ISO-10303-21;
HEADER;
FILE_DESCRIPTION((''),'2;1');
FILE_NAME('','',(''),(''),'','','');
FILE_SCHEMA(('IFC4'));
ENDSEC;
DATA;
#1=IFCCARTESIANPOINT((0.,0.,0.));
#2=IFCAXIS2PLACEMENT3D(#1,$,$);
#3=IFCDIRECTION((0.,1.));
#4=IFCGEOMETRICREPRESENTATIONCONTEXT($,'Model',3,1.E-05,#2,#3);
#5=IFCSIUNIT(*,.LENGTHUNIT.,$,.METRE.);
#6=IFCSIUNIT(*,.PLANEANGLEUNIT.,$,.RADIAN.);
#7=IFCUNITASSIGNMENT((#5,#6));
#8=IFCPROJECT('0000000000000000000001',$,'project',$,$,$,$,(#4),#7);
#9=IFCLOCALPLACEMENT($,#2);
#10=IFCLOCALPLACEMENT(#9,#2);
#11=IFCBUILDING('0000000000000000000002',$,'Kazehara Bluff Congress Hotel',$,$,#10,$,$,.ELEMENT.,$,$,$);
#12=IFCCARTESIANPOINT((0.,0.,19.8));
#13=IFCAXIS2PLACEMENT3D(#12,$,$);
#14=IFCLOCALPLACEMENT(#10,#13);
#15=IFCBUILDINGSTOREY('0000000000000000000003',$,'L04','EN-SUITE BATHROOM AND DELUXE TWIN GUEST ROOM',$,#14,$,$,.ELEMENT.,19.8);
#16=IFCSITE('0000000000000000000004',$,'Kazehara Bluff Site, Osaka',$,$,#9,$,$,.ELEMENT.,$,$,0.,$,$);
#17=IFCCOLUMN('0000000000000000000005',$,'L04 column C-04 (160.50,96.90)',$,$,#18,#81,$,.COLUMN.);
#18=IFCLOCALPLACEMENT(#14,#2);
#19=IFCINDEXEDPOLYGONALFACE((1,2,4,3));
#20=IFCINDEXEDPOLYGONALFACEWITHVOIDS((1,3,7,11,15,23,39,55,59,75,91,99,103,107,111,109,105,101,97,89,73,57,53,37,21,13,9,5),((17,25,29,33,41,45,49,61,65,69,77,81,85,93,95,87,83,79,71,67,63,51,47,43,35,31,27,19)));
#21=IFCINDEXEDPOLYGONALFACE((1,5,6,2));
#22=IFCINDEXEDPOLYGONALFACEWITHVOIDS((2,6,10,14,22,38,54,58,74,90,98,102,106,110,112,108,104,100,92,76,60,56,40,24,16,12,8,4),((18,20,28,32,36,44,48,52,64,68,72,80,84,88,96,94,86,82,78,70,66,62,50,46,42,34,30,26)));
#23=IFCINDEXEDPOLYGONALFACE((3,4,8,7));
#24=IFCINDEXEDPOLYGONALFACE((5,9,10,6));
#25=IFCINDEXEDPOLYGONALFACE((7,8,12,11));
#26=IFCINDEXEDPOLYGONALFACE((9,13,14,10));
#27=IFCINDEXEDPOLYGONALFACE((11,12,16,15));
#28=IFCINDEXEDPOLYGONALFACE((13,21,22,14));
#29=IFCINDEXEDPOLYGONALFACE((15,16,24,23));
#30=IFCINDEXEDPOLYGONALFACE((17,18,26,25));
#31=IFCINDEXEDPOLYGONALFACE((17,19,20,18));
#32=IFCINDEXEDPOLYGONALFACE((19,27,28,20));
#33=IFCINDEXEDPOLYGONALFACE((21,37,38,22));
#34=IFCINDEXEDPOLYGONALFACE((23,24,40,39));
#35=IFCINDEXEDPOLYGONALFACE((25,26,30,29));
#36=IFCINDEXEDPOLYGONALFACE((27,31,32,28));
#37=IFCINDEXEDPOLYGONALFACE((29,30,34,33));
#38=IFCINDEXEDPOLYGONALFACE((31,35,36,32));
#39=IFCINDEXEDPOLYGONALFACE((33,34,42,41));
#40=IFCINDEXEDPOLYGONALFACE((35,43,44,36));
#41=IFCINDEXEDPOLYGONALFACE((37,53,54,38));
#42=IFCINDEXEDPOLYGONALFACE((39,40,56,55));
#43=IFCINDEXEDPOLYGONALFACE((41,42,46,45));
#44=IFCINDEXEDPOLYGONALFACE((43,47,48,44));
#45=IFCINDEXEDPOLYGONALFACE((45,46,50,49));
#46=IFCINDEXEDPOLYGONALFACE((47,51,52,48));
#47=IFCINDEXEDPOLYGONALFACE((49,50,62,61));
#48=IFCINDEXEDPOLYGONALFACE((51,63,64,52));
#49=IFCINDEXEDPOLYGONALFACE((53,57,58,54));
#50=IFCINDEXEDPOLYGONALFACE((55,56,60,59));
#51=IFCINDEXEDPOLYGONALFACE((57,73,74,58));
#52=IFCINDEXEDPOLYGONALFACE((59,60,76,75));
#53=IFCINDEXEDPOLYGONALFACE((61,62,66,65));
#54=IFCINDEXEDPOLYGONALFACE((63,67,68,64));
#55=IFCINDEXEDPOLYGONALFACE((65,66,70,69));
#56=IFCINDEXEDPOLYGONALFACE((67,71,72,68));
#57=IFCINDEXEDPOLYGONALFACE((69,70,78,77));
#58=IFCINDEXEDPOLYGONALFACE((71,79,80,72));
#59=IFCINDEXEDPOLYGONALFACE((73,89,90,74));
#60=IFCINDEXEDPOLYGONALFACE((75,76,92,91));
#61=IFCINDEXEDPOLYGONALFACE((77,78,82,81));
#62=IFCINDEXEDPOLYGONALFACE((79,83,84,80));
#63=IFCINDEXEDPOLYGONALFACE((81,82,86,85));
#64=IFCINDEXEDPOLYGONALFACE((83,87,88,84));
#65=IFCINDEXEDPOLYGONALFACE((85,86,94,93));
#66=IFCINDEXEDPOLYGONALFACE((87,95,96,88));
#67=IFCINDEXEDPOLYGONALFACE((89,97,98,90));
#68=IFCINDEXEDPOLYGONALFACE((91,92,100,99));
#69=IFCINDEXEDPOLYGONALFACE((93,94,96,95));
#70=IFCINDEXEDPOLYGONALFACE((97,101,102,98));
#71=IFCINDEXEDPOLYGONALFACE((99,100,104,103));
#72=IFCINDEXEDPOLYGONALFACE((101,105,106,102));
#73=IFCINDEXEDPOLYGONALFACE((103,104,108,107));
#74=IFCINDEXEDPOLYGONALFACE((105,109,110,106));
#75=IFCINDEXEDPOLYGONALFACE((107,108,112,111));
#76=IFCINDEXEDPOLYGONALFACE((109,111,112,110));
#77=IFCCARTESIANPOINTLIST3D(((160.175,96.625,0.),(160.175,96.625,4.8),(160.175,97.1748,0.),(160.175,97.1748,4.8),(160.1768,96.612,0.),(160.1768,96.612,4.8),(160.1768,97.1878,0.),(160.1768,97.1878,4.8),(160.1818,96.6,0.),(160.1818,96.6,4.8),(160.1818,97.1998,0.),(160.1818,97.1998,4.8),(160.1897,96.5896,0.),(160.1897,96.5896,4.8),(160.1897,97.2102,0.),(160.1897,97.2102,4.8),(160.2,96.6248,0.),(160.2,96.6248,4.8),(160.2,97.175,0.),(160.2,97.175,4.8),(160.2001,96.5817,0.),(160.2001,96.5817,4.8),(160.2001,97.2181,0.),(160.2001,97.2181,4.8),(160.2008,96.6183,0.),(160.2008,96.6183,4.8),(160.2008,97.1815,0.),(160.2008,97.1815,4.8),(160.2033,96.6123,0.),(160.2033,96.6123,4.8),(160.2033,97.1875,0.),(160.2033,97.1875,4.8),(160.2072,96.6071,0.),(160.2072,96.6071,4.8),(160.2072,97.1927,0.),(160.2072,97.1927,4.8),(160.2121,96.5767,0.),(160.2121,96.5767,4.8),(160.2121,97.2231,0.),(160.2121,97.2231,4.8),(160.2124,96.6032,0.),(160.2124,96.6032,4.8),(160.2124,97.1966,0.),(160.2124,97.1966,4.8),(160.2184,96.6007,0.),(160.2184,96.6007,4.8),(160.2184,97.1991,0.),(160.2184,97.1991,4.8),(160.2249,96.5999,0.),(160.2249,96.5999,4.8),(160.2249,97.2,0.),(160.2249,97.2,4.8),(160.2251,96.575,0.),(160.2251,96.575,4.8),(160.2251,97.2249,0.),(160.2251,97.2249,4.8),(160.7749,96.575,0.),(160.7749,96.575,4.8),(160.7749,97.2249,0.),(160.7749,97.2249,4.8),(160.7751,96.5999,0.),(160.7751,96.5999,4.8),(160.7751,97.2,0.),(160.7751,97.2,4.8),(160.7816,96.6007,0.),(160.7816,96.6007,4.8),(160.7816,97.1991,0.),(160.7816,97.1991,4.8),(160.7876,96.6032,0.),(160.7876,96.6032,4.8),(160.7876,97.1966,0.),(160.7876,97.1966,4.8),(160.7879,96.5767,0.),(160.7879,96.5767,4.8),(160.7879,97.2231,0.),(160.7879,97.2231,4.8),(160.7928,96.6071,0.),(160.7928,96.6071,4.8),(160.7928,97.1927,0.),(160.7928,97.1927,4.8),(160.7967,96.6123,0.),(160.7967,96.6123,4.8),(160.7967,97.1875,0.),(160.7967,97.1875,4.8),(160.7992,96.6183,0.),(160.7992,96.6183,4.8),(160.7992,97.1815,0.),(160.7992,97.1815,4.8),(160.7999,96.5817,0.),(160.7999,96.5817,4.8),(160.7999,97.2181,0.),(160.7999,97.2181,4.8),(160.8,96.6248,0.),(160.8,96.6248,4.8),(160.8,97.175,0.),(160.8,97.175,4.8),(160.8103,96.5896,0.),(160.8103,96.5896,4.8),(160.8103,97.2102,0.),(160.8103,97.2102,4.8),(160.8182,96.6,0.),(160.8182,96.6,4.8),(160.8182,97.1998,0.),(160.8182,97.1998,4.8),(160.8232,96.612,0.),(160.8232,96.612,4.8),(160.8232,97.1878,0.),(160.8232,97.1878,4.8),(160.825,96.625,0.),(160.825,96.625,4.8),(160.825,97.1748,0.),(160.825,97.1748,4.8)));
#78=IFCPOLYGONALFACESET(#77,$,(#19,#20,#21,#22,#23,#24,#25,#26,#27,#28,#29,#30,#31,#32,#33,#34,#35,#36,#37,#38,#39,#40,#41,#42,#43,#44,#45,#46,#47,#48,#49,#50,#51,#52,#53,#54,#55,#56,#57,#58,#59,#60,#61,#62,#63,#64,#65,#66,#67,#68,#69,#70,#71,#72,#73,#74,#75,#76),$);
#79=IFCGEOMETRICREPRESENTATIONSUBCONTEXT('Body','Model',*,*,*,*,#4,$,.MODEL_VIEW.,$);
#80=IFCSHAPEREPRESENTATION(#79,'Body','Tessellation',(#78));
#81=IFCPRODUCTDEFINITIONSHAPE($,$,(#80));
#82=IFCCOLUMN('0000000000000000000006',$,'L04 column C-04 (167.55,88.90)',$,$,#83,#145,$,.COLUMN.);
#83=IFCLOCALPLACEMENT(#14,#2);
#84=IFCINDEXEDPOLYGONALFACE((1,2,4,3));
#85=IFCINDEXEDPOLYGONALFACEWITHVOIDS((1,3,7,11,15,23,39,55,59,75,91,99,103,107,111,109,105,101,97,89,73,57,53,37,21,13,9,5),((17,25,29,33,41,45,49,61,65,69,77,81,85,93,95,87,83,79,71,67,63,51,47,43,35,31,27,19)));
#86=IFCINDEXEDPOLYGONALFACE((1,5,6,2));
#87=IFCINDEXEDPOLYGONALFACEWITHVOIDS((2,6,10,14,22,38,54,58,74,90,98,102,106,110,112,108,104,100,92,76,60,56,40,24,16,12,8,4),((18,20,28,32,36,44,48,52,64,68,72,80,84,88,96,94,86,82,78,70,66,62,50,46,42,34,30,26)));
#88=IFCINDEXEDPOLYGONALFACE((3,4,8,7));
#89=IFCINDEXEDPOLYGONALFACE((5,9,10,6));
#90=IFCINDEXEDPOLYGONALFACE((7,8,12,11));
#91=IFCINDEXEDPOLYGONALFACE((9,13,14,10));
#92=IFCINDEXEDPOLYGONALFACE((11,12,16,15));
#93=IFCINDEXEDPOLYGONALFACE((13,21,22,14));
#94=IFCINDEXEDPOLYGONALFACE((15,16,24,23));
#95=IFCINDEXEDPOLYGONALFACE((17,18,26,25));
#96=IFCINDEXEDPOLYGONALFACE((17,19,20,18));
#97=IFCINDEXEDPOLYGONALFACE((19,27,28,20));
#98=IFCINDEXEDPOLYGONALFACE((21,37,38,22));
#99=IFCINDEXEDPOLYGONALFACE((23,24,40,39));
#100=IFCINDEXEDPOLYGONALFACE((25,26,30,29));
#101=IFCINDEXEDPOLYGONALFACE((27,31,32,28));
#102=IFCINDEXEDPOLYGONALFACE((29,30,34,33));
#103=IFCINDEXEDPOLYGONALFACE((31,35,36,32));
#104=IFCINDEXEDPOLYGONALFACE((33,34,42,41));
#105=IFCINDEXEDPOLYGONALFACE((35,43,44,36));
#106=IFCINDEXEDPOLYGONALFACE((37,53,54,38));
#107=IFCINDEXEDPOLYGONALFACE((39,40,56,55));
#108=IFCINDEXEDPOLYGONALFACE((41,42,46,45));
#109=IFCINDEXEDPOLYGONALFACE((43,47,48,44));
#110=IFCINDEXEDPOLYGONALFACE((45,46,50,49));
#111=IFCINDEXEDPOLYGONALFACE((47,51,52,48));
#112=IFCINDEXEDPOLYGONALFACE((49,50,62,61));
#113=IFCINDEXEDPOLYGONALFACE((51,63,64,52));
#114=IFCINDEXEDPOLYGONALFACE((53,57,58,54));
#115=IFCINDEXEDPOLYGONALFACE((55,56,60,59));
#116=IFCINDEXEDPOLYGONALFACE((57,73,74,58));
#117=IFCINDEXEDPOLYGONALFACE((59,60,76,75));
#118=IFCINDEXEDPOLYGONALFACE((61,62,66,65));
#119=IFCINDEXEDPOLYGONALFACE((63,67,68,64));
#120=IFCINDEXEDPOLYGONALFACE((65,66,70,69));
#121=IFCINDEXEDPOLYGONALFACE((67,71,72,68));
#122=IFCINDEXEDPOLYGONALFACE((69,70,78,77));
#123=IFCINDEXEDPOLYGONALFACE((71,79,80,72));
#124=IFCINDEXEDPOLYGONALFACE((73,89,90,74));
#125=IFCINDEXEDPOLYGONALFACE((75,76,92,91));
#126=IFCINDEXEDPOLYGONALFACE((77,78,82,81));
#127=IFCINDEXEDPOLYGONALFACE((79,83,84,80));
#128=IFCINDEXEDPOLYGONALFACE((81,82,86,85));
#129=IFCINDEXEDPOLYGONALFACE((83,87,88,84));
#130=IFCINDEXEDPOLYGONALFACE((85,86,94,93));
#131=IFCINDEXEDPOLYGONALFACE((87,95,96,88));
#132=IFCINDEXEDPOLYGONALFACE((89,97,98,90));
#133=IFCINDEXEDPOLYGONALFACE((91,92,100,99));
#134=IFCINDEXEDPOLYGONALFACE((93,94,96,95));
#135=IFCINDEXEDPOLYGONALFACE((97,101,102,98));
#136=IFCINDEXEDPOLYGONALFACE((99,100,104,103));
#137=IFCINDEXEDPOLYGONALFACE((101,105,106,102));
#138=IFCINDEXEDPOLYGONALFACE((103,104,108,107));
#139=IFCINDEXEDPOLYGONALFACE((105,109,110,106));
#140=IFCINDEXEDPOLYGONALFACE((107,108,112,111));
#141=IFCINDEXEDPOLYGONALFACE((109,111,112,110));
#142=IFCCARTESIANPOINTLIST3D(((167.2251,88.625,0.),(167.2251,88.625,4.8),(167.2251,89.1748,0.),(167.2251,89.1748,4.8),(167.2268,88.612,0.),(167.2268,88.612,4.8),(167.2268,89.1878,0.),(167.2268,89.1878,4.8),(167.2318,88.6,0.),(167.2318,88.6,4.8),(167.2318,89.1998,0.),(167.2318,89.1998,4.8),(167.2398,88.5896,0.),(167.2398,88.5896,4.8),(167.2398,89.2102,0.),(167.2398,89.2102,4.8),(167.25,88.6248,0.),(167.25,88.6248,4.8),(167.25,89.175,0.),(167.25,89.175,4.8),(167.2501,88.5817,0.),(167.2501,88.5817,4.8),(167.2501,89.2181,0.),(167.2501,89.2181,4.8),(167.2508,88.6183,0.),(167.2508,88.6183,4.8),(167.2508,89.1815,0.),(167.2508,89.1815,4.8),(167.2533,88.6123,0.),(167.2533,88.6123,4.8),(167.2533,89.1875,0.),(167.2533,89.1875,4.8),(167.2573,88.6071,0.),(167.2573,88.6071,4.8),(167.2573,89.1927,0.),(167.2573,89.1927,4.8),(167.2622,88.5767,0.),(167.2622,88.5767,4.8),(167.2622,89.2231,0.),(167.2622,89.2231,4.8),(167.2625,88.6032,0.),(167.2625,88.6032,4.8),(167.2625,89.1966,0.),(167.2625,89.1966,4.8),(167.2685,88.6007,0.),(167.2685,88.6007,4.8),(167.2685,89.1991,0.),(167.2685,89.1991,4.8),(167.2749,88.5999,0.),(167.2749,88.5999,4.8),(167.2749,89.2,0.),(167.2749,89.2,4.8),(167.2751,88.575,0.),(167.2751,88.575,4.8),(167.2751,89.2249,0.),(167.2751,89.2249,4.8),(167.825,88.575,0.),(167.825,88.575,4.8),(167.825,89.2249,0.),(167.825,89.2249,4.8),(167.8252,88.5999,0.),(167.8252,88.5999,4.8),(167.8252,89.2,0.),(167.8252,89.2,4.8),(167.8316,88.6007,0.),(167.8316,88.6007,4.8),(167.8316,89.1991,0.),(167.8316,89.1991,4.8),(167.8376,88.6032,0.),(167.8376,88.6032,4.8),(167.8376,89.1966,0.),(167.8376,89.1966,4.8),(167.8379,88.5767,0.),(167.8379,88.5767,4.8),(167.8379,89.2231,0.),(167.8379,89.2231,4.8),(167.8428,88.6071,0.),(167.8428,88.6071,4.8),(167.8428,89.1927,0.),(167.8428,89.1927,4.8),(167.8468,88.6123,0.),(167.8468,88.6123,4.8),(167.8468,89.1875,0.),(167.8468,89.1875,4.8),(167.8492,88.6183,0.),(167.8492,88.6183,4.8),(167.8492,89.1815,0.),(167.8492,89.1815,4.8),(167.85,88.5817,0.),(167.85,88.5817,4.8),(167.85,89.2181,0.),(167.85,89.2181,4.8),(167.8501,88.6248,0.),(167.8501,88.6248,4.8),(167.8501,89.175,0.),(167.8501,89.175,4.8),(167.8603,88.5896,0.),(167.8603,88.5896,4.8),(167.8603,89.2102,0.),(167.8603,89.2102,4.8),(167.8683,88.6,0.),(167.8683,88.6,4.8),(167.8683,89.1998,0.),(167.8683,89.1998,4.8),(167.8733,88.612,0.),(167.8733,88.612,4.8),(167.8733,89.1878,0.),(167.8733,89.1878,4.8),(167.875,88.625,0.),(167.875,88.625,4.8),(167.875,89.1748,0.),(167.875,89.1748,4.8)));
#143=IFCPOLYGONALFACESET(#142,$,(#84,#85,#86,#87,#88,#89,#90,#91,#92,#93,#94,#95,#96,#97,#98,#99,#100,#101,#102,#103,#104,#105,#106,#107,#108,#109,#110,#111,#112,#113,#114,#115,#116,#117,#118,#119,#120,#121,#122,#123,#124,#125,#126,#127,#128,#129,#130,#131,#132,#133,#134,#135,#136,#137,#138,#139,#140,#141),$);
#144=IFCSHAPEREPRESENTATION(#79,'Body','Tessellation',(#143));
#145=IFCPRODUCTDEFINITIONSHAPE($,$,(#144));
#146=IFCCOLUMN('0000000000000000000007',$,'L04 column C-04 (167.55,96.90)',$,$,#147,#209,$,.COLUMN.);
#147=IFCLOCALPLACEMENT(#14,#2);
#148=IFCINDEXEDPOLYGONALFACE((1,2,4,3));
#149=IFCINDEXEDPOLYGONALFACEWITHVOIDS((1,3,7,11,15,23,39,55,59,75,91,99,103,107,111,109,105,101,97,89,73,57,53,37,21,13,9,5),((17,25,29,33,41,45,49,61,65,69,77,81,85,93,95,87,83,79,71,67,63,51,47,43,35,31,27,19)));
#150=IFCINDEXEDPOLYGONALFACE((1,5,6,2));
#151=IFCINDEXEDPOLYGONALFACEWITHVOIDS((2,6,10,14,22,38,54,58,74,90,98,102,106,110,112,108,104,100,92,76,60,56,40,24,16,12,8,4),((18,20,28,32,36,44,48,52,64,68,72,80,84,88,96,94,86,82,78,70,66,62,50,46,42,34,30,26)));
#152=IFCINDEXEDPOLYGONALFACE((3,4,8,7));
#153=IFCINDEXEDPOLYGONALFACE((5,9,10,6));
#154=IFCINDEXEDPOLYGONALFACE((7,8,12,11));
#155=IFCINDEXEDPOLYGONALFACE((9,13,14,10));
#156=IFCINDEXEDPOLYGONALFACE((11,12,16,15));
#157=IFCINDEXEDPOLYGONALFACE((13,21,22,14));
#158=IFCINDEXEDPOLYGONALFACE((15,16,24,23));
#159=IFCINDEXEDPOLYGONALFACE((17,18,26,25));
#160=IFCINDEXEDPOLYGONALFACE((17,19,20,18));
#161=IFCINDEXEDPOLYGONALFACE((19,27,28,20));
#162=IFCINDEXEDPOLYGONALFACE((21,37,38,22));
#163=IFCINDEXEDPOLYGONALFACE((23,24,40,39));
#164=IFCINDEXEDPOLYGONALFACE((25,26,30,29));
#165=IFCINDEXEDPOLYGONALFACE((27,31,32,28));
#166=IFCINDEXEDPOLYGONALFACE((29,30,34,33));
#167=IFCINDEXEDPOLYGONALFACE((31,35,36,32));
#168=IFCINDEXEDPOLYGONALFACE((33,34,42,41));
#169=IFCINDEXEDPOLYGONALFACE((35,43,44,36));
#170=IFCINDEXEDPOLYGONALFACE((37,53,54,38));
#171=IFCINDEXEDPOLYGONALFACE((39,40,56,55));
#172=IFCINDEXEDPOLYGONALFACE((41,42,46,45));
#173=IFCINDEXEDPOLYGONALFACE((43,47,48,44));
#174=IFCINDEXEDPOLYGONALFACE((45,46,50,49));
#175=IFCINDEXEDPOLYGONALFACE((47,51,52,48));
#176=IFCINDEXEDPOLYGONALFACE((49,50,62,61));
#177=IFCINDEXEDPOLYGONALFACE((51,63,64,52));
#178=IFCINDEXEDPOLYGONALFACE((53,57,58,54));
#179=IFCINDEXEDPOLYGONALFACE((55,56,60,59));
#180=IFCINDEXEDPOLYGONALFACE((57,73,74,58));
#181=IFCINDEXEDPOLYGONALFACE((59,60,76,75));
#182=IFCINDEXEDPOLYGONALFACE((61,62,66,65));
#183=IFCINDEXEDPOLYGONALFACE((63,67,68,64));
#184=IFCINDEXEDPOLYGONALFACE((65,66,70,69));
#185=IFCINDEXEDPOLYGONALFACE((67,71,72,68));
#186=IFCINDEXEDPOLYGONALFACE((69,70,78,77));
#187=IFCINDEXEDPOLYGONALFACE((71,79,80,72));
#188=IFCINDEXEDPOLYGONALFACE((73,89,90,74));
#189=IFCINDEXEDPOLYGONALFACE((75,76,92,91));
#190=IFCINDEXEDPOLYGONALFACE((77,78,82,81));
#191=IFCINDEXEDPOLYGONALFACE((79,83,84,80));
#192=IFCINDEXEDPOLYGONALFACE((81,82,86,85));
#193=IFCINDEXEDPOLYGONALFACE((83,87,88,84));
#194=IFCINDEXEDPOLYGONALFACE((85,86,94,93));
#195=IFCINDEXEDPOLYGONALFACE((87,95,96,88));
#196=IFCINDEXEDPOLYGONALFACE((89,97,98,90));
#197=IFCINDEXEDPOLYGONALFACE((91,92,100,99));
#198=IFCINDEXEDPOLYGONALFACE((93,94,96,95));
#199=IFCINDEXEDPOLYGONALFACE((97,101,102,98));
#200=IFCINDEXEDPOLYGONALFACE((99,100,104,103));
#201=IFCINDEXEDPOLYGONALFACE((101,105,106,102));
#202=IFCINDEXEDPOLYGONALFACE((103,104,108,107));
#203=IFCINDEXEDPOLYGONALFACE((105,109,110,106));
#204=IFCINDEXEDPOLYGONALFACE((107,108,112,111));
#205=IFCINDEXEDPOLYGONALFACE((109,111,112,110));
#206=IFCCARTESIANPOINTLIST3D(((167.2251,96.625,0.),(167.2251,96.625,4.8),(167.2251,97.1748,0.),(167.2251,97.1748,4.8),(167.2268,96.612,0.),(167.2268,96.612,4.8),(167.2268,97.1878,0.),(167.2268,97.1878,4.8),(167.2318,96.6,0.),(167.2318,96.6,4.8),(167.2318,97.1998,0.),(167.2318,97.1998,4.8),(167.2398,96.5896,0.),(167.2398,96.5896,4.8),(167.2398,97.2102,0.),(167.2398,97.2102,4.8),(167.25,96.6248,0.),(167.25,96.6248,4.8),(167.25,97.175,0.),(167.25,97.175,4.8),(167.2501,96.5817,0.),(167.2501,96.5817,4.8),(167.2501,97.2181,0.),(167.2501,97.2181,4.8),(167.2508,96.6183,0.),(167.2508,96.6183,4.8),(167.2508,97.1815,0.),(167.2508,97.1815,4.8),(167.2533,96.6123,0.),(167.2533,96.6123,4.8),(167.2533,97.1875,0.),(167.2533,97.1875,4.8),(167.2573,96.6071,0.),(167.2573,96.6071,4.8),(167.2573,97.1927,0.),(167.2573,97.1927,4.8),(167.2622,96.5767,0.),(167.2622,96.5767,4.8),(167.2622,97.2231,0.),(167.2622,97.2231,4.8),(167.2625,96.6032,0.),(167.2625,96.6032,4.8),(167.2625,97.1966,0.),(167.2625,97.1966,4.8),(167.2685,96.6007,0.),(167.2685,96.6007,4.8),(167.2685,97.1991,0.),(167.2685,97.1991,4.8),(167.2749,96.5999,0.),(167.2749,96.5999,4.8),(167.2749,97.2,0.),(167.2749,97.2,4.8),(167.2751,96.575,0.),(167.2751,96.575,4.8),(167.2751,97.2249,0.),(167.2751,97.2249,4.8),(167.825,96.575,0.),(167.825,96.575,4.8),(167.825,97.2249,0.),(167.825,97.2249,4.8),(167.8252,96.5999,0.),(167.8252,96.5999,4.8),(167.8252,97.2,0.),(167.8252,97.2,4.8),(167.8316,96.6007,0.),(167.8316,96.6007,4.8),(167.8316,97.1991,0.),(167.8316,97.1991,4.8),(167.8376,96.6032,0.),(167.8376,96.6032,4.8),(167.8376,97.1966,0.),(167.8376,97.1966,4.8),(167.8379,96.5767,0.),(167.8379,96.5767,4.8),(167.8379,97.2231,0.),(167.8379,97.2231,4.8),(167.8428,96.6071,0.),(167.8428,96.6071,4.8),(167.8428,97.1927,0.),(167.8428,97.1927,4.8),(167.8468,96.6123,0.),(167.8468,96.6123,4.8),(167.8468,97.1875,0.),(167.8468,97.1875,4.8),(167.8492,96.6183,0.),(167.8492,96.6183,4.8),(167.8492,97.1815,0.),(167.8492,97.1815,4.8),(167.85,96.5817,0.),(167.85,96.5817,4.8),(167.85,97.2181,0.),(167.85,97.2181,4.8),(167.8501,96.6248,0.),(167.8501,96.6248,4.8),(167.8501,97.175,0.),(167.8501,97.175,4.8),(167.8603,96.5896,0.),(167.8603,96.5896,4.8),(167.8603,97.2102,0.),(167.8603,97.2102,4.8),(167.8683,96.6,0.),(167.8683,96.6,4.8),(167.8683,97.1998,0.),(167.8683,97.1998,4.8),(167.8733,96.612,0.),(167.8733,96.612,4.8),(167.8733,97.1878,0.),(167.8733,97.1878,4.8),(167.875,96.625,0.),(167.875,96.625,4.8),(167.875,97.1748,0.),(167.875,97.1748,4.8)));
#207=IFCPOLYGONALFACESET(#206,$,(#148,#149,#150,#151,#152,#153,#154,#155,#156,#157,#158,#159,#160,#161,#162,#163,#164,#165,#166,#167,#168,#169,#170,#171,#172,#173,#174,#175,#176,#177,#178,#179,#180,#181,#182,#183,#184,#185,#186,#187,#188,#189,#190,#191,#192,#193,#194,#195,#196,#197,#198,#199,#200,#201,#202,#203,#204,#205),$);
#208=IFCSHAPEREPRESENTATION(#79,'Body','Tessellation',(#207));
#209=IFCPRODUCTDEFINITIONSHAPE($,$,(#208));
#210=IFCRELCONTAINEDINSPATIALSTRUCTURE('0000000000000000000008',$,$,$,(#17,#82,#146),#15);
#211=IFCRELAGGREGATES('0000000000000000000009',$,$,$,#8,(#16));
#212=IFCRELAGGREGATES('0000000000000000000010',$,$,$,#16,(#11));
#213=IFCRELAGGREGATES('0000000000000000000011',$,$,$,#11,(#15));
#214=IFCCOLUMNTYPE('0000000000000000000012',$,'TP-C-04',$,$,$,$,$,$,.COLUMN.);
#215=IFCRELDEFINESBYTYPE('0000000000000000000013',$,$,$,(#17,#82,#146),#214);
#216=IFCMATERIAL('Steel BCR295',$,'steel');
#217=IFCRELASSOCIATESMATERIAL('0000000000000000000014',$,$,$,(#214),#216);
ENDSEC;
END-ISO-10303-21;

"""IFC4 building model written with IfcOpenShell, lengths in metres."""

from ifc_helpers import new_model, si_unit, direction, frame, origin, origin_2d, place, context, subcontext, project, spatial, hollow_rectangle, extrude, material, material_profile, profile_set, type_object, element, save


model = new_model("IFC4")

# Units and contexts
model_context = context("Model", 3, precision=1e-05, world=origin(), true_north=direction((0.0, 1.0)))
body_context = subcontext(model_context, "Body", "Model", "MODEL_VIEW")
ifc_project = project(units=[si_unit("LENGTHUNIT", "METRE"), si_unit("PLANEANGLEUNIT", "RADIAN")], contexts=[model_context])

# Site, building, storey
site_placement = place(None, origin())
site = spatial("IfcSite", under=ifc_project, at=site_placement, Name="Kazehara Bluff Site, Osaka", CompositionType="ELEMENT", RefElevation=0.0)
building_placement = place(site_placement, origin())
building = spatial("IfcBuilding", under=site, at=building_placement, Name="Kazehara Bluff Congress Hotel", CompositionType="ELEMENT")
storey_placement = place(building_placement, frame((0.0, 0.0, 19.8)))
storey = spatial("IfcBuildingStorey", under=building, at=storey_placement, Name="L04", Description="EN-SUITE BATHROOM AND DELUXE TWIN GUEST ROOM", CompositionType="ELEMENT", Elevation=19.8)

# Columns
ifc_material_1 = material(Name="Steel BCR295", Category="steel")
ifc_material_profile_1 = material_profile(ifc_material_1, hollow_rectangle(XDim=0.6499, YDim=0.6499, WallThickness=0.0249, InnerFilletRadius=0.0249, OuterFilletRadius=0.05, at=origin_2d()))
ifc_profile_set_1 = profile_set([ifc_material_profile_1], Name="Steel BCR295")
column_type = type_object("IfcColumnType", Name="TP-C-04", PredefinedType="COLUMN", material=ifc_profile_set_1)
for number, where, z_axis, x_axis, name in (
    (1, (160.5, 96.8999, 0.0), (0.0, 0.0, 1.0), (1.0, 0.0, 0.0), "L04 column C-04 (160.50,96.90)"),
    (2, (167.55, 88.8999, 0.0), (0.0, 0.0, 1.0), (1.0, 0.0, 0.0), "L04 column C-04 (167.55,88.90)"),
    (3, (167.55, 96.8999, 0.0), (0.0, 0.0, 1.0), (1.0, 0.0, 0.0), "L04 column C-04 (167.55,96.90)"),
):
    element("IfcColumn", number, at=place(storey_placement, frame(where, z_axis=z_axis, x_axis=x_axis)), inside=storey, type_object=column_type, Name=name, PredefinedType="COLUMN", context=body_context, shape_type="SweptSolid", body=[
        extrude(hollow_rectangle(XDim=0.6499, YDim=0.6499, WallThickness=0.0249, InnerFilletRadius=0.0249, OuterFilletRadius=0.05, at=origin_2d()), origin(), (0.0, 0.0, 1.0), 4.8),
    ])

save(model, "model.ifc")
